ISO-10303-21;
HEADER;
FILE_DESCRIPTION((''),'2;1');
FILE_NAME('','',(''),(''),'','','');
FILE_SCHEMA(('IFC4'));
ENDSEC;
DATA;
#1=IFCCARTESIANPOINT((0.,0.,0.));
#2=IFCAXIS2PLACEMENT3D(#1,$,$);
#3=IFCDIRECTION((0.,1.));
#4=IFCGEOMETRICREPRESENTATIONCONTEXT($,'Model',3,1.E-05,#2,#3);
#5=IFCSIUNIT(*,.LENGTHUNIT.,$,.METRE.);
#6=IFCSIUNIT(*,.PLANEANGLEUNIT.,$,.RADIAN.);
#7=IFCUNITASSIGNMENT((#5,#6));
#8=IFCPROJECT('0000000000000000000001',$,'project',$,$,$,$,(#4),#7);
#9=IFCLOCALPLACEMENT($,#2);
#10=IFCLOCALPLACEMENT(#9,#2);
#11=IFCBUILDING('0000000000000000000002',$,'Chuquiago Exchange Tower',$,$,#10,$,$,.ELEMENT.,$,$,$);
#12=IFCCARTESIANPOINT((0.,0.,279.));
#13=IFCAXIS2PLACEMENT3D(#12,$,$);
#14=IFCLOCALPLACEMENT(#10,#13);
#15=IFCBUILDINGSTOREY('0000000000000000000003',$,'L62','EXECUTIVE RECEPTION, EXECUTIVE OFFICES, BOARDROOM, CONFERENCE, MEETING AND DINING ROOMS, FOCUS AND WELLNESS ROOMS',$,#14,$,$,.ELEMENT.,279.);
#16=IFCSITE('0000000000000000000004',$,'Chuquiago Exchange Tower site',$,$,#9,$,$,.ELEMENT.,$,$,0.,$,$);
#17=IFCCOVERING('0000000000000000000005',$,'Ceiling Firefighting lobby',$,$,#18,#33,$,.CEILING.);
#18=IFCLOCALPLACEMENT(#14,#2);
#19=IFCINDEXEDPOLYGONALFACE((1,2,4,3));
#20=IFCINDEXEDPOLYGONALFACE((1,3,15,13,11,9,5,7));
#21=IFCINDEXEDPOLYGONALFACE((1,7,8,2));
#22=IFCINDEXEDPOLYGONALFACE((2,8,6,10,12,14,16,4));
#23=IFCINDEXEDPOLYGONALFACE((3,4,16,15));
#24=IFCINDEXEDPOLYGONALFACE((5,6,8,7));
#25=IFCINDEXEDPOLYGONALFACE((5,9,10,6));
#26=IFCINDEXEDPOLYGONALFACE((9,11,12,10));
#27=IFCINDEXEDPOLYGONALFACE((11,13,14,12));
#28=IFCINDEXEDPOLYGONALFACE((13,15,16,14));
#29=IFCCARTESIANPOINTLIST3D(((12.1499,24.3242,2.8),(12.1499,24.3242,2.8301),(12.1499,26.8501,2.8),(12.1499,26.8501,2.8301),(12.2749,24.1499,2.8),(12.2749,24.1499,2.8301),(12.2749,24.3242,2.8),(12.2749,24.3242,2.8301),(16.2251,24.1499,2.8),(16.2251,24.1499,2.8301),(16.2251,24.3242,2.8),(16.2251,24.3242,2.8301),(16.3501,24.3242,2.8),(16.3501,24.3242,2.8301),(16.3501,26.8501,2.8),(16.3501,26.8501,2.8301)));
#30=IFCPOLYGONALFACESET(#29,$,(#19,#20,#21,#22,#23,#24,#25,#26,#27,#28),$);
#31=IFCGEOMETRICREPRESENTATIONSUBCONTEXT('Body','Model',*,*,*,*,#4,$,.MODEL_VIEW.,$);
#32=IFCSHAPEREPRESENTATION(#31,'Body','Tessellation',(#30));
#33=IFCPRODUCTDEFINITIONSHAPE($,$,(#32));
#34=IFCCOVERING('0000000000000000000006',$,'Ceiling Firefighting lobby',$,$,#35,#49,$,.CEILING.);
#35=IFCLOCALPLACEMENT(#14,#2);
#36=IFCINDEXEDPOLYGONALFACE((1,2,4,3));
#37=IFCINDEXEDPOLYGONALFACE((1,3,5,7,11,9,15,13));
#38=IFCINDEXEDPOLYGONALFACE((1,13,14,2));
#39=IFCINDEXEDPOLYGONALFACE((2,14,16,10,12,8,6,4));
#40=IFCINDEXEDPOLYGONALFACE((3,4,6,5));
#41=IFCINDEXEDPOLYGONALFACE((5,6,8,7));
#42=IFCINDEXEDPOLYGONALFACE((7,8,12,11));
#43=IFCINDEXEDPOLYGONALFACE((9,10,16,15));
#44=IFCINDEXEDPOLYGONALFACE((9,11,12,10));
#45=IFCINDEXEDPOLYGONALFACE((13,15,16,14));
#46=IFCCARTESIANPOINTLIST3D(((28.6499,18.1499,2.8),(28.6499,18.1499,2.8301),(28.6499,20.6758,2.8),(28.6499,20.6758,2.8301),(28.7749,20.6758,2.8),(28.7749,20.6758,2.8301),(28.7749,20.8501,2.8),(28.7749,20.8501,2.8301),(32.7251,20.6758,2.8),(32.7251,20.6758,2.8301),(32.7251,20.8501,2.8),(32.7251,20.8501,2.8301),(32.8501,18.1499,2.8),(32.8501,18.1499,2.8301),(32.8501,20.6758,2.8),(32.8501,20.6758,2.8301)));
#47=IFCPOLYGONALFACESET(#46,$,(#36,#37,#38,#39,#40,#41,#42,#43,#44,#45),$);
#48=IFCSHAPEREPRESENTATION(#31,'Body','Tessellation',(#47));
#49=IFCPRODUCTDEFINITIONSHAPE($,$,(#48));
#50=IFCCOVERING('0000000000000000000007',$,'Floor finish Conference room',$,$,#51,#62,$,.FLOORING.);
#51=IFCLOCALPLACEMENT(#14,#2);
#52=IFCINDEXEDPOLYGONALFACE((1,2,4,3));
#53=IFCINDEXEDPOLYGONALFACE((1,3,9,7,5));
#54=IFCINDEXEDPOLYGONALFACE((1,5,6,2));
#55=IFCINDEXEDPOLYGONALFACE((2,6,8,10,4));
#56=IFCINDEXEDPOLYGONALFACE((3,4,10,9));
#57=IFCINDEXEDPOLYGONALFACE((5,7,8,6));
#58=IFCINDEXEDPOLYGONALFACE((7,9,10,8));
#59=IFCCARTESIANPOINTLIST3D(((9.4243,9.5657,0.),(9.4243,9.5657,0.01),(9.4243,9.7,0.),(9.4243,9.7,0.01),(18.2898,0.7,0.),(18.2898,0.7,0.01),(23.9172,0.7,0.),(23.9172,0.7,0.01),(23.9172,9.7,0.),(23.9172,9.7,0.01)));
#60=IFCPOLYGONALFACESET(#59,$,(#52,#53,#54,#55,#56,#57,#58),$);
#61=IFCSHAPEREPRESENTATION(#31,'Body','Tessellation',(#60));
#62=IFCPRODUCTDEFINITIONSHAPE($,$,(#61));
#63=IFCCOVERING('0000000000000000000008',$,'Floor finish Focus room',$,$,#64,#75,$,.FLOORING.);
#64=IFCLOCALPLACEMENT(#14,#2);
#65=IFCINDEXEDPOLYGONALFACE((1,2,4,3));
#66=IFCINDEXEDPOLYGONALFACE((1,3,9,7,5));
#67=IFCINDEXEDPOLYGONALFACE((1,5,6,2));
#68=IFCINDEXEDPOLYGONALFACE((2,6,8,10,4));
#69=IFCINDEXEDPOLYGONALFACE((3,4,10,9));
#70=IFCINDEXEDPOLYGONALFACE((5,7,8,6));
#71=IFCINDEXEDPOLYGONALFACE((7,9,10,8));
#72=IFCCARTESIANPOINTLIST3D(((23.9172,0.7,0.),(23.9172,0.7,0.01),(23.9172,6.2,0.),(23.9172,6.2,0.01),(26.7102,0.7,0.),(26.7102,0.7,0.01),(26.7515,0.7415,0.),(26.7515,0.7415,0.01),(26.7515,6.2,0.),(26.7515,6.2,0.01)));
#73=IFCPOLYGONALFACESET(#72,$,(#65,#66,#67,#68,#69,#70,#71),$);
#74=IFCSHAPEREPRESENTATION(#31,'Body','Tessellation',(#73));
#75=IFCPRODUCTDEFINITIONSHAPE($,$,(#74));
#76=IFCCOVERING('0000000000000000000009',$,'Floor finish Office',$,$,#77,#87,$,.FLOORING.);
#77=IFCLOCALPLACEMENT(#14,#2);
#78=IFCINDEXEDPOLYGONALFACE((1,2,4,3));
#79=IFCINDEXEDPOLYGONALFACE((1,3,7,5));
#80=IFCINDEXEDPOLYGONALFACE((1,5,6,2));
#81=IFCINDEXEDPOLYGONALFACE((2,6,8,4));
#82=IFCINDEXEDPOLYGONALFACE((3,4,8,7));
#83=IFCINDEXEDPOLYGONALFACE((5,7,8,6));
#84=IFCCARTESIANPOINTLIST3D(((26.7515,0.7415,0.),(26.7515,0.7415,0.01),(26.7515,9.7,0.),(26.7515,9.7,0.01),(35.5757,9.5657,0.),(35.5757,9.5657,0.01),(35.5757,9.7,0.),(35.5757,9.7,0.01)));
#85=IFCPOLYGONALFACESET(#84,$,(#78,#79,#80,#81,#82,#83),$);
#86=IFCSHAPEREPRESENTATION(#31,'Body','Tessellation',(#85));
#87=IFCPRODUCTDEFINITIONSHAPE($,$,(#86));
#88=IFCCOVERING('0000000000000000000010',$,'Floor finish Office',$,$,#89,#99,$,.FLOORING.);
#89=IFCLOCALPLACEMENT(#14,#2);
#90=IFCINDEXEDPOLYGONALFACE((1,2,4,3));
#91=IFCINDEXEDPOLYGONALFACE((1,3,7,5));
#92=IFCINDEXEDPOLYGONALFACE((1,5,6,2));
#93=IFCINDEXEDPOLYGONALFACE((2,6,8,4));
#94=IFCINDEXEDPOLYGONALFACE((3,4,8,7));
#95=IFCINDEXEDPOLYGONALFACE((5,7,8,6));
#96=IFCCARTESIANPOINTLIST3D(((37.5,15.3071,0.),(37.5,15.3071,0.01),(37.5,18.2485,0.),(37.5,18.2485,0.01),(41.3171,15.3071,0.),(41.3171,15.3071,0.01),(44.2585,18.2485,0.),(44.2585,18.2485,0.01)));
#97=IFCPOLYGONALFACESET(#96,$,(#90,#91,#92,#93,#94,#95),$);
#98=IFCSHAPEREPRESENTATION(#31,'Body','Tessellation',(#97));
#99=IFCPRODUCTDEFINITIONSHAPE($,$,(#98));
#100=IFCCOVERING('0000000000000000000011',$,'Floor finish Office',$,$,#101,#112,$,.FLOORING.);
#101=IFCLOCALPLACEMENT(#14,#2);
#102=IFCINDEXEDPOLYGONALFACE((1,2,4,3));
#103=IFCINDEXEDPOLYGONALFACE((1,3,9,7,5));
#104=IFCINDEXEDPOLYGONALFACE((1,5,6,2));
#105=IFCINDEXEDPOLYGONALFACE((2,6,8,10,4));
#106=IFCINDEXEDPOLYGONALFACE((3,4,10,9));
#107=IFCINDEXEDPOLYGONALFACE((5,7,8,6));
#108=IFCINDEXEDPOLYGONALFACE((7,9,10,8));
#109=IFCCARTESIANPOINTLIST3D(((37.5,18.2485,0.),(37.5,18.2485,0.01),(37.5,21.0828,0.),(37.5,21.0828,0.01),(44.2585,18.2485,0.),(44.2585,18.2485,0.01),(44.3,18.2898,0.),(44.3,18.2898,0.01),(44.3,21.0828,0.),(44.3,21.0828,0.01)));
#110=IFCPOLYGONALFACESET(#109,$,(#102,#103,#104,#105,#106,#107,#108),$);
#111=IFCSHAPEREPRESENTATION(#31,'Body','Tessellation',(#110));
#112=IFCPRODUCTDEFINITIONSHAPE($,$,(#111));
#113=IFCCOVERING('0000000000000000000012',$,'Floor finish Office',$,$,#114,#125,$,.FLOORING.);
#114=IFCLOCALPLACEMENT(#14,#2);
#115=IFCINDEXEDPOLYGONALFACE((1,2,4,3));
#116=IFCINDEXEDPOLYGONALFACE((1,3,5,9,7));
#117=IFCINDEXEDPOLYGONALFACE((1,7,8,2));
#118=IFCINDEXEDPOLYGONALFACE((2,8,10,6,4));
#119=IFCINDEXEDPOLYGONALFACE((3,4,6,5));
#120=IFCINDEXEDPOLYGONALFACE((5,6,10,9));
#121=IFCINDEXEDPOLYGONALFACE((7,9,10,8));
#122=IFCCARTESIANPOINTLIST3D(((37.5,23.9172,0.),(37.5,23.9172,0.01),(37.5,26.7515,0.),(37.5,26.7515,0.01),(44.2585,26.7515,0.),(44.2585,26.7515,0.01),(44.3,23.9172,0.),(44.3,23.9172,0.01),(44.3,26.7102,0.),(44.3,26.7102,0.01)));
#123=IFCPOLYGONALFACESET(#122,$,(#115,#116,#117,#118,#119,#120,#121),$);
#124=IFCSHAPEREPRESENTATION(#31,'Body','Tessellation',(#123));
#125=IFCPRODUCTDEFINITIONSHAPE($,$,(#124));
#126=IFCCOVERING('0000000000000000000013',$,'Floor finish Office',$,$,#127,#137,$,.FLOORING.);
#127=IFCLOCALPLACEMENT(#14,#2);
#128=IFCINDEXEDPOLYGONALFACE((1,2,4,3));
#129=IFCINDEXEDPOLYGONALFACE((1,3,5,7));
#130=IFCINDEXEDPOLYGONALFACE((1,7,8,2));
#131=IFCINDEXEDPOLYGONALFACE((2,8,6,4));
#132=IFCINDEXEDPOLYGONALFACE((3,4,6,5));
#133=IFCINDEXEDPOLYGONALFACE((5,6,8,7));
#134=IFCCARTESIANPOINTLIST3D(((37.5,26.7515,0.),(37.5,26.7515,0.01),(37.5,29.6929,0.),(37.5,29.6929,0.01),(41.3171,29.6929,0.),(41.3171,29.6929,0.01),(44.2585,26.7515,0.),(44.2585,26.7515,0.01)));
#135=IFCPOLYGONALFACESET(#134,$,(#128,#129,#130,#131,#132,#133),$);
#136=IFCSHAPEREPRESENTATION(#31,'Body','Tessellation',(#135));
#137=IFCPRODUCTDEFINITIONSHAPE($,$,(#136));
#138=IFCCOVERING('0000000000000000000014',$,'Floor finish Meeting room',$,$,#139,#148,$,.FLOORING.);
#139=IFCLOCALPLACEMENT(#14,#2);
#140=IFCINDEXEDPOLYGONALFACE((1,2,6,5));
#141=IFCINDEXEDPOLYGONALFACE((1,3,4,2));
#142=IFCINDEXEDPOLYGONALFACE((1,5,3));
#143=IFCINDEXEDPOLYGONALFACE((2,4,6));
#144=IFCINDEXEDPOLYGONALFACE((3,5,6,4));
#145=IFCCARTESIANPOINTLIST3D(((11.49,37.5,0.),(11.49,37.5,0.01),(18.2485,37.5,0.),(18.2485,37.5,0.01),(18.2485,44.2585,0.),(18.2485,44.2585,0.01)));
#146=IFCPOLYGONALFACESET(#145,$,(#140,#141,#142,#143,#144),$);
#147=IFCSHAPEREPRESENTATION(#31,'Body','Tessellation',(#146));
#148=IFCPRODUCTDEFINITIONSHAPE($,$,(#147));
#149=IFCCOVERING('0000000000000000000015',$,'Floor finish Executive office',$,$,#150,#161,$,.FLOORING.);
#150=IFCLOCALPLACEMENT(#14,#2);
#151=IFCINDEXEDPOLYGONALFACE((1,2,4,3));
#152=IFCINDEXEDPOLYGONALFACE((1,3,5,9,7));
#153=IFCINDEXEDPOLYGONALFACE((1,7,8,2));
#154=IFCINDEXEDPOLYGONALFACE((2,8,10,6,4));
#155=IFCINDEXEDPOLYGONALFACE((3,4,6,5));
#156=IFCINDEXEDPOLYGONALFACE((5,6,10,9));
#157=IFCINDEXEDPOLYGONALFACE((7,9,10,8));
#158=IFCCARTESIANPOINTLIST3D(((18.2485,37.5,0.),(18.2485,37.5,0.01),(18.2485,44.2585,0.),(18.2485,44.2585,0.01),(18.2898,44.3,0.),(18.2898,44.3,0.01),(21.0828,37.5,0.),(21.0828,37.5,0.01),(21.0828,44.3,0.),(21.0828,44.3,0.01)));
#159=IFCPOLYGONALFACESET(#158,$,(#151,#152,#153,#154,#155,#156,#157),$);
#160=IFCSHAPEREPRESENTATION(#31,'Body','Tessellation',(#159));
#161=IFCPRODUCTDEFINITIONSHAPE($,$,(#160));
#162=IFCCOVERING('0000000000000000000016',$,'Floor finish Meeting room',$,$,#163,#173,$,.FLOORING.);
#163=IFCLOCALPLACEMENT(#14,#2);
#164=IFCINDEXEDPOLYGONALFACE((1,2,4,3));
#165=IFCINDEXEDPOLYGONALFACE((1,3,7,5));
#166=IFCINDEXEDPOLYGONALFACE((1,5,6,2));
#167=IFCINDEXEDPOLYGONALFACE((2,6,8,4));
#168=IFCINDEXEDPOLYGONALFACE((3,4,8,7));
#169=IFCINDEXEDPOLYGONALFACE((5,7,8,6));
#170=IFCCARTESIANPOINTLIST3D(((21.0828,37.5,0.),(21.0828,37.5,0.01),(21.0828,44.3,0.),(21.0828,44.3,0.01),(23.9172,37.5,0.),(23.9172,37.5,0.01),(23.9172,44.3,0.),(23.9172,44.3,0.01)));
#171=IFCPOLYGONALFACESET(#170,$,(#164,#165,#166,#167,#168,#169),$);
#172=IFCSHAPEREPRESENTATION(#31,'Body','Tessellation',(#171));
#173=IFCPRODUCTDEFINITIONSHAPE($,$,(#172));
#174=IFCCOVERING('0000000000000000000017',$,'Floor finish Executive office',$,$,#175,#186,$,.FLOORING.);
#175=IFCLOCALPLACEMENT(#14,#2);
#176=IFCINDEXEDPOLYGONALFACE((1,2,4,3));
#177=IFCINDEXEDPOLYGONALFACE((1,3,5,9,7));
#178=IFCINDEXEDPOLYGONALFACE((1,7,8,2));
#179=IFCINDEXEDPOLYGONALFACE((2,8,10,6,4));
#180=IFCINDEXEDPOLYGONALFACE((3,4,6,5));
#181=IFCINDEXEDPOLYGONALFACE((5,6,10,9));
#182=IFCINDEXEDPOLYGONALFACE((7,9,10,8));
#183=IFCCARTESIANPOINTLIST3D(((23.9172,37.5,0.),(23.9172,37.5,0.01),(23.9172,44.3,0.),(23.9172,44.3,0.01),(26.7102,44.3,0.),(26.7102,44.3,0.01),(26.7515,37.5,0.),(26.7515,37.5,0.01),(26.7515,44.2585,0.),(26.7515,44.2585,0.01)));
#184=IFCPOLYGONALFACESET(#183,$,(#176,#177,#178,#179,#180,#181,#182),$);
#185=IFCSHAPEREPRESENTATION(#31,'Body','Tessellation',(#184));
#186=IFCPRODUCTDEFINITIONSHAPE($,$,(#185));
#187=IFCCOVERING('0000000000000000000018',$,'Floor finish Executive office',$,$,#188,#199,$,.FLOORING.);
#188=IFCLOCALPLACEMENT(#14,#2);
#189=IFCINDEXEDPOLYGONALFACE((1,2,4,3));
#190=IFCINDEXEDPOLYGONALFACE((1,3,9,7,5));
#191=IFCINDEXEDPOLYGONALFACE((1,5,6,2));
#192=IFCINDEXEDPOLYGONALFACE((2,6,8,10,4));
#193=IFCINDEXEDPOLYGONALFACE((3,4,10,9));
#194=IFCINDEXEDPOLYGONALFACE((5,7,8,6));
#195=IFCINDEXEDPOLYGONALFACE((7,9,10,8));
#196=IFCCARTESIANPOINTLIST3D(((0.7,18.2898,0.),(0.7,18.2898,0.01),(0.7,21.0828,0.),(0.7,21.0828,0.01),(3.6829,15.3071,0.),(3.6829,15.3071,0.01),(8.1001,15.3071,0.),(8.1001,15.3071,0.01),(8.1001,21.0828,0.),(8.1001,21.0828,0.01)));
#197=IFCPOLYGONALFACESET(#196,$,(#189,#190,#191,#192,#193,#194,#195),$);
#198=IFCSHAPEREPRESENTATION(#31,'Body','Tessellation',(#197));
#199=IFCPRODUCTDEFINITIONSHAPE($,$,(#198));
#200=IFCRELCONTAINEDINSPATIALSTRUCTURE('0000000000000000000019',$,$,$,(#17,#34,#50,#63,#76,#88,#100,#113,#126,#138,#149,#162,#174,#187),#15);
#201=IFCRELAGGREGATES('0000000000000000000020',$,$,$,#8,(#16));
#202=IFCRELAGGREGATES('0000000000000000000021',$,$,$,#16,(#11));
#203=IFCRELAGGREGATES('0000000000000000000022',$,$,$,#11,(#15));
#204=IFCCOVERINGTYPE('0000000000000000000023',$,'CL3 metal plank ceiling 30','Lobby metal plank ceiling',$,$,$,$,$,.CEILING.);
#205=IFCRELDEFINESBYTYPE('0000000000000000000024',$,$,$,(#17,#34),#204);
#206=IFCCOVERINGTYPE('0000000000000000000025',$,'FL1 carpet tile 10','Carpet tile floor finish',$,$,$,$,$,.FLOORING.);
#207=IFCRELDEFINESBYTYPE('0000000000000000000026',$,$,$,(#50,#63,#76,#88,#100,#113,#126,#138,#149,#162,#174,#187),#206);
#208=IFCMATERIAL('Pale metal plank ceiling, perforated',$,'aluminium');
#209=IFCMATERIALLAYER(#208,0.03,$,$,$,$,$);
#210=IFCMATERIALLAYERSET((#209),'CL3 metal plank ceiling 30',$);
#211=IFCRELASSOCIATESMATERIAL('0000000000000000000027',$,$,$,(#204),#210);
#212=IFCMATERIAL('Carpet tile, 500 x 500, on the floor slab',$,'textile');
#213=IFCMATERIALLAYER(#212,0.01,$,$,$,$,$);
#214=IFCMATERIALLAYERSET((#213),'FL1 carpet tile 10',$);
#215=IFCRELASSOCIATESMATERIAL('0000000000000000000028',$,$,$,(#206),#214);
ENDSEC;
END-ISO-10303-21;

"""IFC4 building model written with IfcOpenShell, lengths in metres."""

from ifc_helpers import new_model, si_unit, direction, frame, origin, place, context, subcontext, project, spatial, polyline, outline, extrude, material, layer, layer_set, type_object, element, save


model = new_model("IFC4")

# Units and contexts
model_context = context("Model", 3, precision=1e-05, world=origin(), true_north=direction((0.0, 1.0)))
body_context = subcontext(model_context, "Body", "Model", "MODEL_VIEW")
ifc_project = project(units=[si_unit("LENGTHUNIT", "METRE"), si_unit("PLANEANGLEUNIT", "RADIAN")], contexts=[model_context])

# Site, building, storey
site_placement = place(None, origin())
site = spatial("IfcSite", under=ifc_project, at=site_placement, Name="Chuquiago Exchange Tower site", CompositionType="ELEMENT", RefElevation=0.0)
building_placement = place(site_placement, origin())
building = spatial("IfcBuilding", under=site, at=building_placement, Name="Chuquiago Exchange Tower", CompositionType="ELEMENT")
storey_placement = place(building_placement, frame((0.0, 0.0, 279.0)))
storey = spatial("IfcBuildingStorey", under=building, at=storey_placement, Name="L62", Description="EXECUTIVE RECEPTION, EXECUTIVE OFFICES, BOARDROOM, CONFERENCE, MEETING AND DINING ROOMS, FOCUS AND WELLNESS ROOMS", CompositionType="ELEMENT", Elevation=279.0)

# Coverings
ifc_material_1 = material(Name="Pale metal plank ceiling, perforated", Category="aluminium")
ifc_layer_1 = layer(ifc_material_1, 0.03)
ifc_layer_set_1 = layer_set([ifc_layer_1], Name="CL3 metal plank ceiling 30")
covering_type_1 = type_object("IfcCoveringType", Name="CL3 metal plank ceiling 30", Description="Lobby metal plank ceiling", PredefinedType="CEILING", material=ifc_layer_set_1)
covering_1_placement = place(storey_placement, frame((0.0, 0.0, 2.8)))
element("IfcCovering", 1, at=covering_1_placement, inside=storey, type_object=covering_type_1, Name="Ceiling Firefighting lobby", PredefinedType="CEILING", context=body_context, shape_type="SweptSolid", body=[
    extrude(outline(polyline([(12.2749, 24.1499), (12.2749, 24.3242), (12.1499, 24.3242), (12.1499, 26.8501), (16.3501, 26.8501), (16.3501, 24.3242), (16.2251, 24.3242), (16.2251, 24.1499), (12.2749, 24.1499)])), origin(), (0.0, 0.0, 1.0), 0.03),
])
covering_2_placement = place(storey_placement, frame((0.0, 0.0, 2.8)))
element("IfcCovering", 2, at=covering_2_placement, inside=storey, type_object=covering_type_1, Name="Ceiling Firefighting lobby", PredefinedType="CEILING", context=body_context, shape_type="SweptSolid", body=[
    extrude(outline(polyline([(28.6499, 18.1499), (28.6499, 20.6758), (28.7749, 20.6758), (28.7749, 20.8501), (32.7251, 20.8501), (32.7251, 20.6758), (32.8501, 20.6758), (32.8501, 18.1499), (28.6499, 18.1499)])), origin(), (0.0, 0.0, 1.0), 0.03),
])
ifc_material_2 = material(Name="Carpet tile, 500 x 500, on the floor slab", Category="textile")
ifc_layer_2 = layer(ifc_material_2, 0.01)
ifc_layer_set_2 = layer_set([ifc_layer_2], Name="FL1 carpet tile 10")
covering_type_2 = type_object("IfcCoveringType", Name="FL1 carpet tile 10", Description="Carpet tile floor finish", PredefinedType="FLOORING", material=ifc_layer_set_2)
covering_3_placement = place(storey_placement, origin())
element("IfcCovering", 3, at=covering_3_placement, inside=storey, type_object=covering_type_2, Name="Floor finish Conference room", PredefinedType="FLOORING", context=body_context, shape_type="SweptSolid", body=[
    extrude(outline(polyline([(18.2898, 0.7), (9.4243, 9.5657), (9.4243, 9.7), (23.9172, 9.7), (23.9172, 0.7), (18.2898, 0.7)])), origin(), (0.0, 0.0, 1.0), 0.01),
])
covering_4_placement = place(storey_placement, origin())
element("IfcCovering", 4, at=covering_4_placement, inside=storey, type_object=covering_type_2, Name="Floor finish Focus room", PredefinedType="FLOORING", context=body_context, shape_type="SweptSolid", body=[
    extrude(outline(polyline([(26.7102, 0.7), (23.9172, 0.7), (23.9172, 6.2), (26.7515, 6.2), (26.7515, 0.7415), (26.7102, 0.7)])), origin(), (0.0, 0.0, 1.0), 0.01),
])
covering_5_placement = place(storey_placement, origin())
element("IfcCovering", 5, at=covering_5_placement, inside=storey, type_object=covering_type_2, Name="Floor finish Office", PredefinedType="FLOORING", context=body_context, shape_type="SweptSolid", body=[
    extrude(outline(polyline([(26.7515, 0.7415), (26.7515, 9.7), (35.5757, 9.7), (35.5757, 9.5657), (26.7515, 0.7415)])), origin(), (0.0, 0.0, 1.0), 0.01),
])
covering_6_placement = place(storey_placement, origin())
element("IfcCovering", 6, at=covering_6_placement, inside=storey, type_object=covering_type_2, Name="Floor finish Office", PredefinedType="FLOORING", context=body_context, shape_type="SweptSolid", body=[
    extrude(outline(polyline([(41.3171, 15.3071), (37.5, 15.3071), (37.5, 18.2485), (44.2585, 18.2485), (41.3171, 15.3071)])), origin(), (0.0, 0.0, 1.0), 0.01),
])
covering_7_placement = place(storey_placement, origin())
element("IfcCovering", 7, at=covering_7_placement, inside=storey, type_object=covering_type_2, Name="Floor finish Office", PredefinedType="FLOORING", context=body_context, shape_type="SweptSolid", body=[
    extrude(outline(polyline([(44.3, 18.2898), (44.2585, 18.2485), (37.5, 18.2485), (37.5, 21.0828), (44.3, 21.0828), (44.3, 18.2898)])), origin(), (0.0, 0.0, 1.0), 0.01),
])
covering_8_placement = place(storey_placement, origin())
element("IfcCovering", 8, at=covering_8_placement, inside=storey, type_object=covering_type_2, Name="Floor finish Office", PredefinedType="FLOORING", context=body_context, shape_type="SweptSolid", body=[
    extrude(outline(polyline([(44.3, 26.7102), (44.3, 23.9172), (37.5, 23.9172), (37.5, 26.7515), (44.2585, 26.7515), (44.3, 26.7102)])), origin(), (0.0, 0.0, 1.0), 0.01),
])
covering_9_placement = place(storey_placement, origin())
element("IfcCovering", 9, at=covering_9_placement, inside=storey, type_object=covering_type_2, Name="Floor finish Office", PredefinedType="FLOORING", context=body_context, shape_type="SweptSolid", body=[
    extrude(outline(polyline([(44.2585, 26.7515), (37.5, 26.7515), (37.5, 29.6929), (41.3171, 29.6929), (44.2585, 26.7515)])), origin(), (0.0, 0.0, 1.0), 0.01),
])
covering_10_placement = place(storey_placement, origin())
element("IfcCovering", 10, at=covering_10_placement, inside=storey, type_object=covering_type_2, Name="Floor finish Meeting room", PredefinedType="FLOORING", context=body_context, shape_type="SweptSolid", body=[
    extrude(outline(polyline([(18.2485, 44.2585), (18.2485, 37.5), (11.49, 37.5), (18.2485, 44.2585)])), origin(), (0.0, 0.0, 1.0), 0.01),
])
covering_11_placement = place(storey_placement, origin())
element("IfcCovering", 11, at=covering_11_placement, inside=storey, type_object=covering_type_2, Name="Floor finish Executive office", PredefinedType="FLOORING", context=body_context, shape_type="SweptSolid", body=[
    extrude(outline(polyline([(18.2898, 44.3), (21.0828, 44.3), (21.0828, 37.5), (18.2485, 37.5), (18.2485, 44.2585), (18.2898, 44.3)])), origin(), (0.0, 0.0, 1.0), 0.01),
])
covering_12_placement = place(storey_placement, origin())
element("IfcCovering", 12, at=covering_12_placement, inside=storey, type_object=covering_type_2, Name="Floor finish Meeting room", PredefinedType="FLOORING", context=body_context, shape_type="SweptSolid", body=[
    extrude(outline(polyline([(23.9172, 44.3), (23.9172, 37.5), (21.0828, 37.5), (21.0828, 44.3), (23.9172, 44.3)])), origin(), (0.0, 0.0, 1.0), 0.01),
])
covering_13_placement = place(storey_placement, origin())
element("IfcCovering", 13, at=covering_13_placement, inside=storey, type_object=covering_type_2, Name="Floor finish Executive office", PredefinedType="FLOORING", context=body_context, shape_type="SweptSolid", body=[
    extrude(outline(polyline([(26.7102, 44.3), (26.7515, 44.2585), (26.7515, 37.5), (23.9172, 37.5), (23.9172, 44.3), (26.7102, 44.3)])), origin(), (0.0, 0.0, 1.0), 0.01),
])
covering_14_placement = place(storey_placement, origin())
element("IfcCovering", 14, at=covering_14_placement, inside=storey, type_object=covering_type_2, Name="Floor finish Executive office", PredefinedType="FLOORING", context=body_context, shape_type="SweptSolid", body=[
    extrude(outline(polyline([(0.7, 21.0828), (8.1001, 21.0828), (8.1001, 15.3071), (3.6829, 15.3071), (0.7, 18.2898), (0.7, 21.0828)])), origin(), (0.0, 0.0, 1.0), 0.01),
])

save(model, "model.ifc")
